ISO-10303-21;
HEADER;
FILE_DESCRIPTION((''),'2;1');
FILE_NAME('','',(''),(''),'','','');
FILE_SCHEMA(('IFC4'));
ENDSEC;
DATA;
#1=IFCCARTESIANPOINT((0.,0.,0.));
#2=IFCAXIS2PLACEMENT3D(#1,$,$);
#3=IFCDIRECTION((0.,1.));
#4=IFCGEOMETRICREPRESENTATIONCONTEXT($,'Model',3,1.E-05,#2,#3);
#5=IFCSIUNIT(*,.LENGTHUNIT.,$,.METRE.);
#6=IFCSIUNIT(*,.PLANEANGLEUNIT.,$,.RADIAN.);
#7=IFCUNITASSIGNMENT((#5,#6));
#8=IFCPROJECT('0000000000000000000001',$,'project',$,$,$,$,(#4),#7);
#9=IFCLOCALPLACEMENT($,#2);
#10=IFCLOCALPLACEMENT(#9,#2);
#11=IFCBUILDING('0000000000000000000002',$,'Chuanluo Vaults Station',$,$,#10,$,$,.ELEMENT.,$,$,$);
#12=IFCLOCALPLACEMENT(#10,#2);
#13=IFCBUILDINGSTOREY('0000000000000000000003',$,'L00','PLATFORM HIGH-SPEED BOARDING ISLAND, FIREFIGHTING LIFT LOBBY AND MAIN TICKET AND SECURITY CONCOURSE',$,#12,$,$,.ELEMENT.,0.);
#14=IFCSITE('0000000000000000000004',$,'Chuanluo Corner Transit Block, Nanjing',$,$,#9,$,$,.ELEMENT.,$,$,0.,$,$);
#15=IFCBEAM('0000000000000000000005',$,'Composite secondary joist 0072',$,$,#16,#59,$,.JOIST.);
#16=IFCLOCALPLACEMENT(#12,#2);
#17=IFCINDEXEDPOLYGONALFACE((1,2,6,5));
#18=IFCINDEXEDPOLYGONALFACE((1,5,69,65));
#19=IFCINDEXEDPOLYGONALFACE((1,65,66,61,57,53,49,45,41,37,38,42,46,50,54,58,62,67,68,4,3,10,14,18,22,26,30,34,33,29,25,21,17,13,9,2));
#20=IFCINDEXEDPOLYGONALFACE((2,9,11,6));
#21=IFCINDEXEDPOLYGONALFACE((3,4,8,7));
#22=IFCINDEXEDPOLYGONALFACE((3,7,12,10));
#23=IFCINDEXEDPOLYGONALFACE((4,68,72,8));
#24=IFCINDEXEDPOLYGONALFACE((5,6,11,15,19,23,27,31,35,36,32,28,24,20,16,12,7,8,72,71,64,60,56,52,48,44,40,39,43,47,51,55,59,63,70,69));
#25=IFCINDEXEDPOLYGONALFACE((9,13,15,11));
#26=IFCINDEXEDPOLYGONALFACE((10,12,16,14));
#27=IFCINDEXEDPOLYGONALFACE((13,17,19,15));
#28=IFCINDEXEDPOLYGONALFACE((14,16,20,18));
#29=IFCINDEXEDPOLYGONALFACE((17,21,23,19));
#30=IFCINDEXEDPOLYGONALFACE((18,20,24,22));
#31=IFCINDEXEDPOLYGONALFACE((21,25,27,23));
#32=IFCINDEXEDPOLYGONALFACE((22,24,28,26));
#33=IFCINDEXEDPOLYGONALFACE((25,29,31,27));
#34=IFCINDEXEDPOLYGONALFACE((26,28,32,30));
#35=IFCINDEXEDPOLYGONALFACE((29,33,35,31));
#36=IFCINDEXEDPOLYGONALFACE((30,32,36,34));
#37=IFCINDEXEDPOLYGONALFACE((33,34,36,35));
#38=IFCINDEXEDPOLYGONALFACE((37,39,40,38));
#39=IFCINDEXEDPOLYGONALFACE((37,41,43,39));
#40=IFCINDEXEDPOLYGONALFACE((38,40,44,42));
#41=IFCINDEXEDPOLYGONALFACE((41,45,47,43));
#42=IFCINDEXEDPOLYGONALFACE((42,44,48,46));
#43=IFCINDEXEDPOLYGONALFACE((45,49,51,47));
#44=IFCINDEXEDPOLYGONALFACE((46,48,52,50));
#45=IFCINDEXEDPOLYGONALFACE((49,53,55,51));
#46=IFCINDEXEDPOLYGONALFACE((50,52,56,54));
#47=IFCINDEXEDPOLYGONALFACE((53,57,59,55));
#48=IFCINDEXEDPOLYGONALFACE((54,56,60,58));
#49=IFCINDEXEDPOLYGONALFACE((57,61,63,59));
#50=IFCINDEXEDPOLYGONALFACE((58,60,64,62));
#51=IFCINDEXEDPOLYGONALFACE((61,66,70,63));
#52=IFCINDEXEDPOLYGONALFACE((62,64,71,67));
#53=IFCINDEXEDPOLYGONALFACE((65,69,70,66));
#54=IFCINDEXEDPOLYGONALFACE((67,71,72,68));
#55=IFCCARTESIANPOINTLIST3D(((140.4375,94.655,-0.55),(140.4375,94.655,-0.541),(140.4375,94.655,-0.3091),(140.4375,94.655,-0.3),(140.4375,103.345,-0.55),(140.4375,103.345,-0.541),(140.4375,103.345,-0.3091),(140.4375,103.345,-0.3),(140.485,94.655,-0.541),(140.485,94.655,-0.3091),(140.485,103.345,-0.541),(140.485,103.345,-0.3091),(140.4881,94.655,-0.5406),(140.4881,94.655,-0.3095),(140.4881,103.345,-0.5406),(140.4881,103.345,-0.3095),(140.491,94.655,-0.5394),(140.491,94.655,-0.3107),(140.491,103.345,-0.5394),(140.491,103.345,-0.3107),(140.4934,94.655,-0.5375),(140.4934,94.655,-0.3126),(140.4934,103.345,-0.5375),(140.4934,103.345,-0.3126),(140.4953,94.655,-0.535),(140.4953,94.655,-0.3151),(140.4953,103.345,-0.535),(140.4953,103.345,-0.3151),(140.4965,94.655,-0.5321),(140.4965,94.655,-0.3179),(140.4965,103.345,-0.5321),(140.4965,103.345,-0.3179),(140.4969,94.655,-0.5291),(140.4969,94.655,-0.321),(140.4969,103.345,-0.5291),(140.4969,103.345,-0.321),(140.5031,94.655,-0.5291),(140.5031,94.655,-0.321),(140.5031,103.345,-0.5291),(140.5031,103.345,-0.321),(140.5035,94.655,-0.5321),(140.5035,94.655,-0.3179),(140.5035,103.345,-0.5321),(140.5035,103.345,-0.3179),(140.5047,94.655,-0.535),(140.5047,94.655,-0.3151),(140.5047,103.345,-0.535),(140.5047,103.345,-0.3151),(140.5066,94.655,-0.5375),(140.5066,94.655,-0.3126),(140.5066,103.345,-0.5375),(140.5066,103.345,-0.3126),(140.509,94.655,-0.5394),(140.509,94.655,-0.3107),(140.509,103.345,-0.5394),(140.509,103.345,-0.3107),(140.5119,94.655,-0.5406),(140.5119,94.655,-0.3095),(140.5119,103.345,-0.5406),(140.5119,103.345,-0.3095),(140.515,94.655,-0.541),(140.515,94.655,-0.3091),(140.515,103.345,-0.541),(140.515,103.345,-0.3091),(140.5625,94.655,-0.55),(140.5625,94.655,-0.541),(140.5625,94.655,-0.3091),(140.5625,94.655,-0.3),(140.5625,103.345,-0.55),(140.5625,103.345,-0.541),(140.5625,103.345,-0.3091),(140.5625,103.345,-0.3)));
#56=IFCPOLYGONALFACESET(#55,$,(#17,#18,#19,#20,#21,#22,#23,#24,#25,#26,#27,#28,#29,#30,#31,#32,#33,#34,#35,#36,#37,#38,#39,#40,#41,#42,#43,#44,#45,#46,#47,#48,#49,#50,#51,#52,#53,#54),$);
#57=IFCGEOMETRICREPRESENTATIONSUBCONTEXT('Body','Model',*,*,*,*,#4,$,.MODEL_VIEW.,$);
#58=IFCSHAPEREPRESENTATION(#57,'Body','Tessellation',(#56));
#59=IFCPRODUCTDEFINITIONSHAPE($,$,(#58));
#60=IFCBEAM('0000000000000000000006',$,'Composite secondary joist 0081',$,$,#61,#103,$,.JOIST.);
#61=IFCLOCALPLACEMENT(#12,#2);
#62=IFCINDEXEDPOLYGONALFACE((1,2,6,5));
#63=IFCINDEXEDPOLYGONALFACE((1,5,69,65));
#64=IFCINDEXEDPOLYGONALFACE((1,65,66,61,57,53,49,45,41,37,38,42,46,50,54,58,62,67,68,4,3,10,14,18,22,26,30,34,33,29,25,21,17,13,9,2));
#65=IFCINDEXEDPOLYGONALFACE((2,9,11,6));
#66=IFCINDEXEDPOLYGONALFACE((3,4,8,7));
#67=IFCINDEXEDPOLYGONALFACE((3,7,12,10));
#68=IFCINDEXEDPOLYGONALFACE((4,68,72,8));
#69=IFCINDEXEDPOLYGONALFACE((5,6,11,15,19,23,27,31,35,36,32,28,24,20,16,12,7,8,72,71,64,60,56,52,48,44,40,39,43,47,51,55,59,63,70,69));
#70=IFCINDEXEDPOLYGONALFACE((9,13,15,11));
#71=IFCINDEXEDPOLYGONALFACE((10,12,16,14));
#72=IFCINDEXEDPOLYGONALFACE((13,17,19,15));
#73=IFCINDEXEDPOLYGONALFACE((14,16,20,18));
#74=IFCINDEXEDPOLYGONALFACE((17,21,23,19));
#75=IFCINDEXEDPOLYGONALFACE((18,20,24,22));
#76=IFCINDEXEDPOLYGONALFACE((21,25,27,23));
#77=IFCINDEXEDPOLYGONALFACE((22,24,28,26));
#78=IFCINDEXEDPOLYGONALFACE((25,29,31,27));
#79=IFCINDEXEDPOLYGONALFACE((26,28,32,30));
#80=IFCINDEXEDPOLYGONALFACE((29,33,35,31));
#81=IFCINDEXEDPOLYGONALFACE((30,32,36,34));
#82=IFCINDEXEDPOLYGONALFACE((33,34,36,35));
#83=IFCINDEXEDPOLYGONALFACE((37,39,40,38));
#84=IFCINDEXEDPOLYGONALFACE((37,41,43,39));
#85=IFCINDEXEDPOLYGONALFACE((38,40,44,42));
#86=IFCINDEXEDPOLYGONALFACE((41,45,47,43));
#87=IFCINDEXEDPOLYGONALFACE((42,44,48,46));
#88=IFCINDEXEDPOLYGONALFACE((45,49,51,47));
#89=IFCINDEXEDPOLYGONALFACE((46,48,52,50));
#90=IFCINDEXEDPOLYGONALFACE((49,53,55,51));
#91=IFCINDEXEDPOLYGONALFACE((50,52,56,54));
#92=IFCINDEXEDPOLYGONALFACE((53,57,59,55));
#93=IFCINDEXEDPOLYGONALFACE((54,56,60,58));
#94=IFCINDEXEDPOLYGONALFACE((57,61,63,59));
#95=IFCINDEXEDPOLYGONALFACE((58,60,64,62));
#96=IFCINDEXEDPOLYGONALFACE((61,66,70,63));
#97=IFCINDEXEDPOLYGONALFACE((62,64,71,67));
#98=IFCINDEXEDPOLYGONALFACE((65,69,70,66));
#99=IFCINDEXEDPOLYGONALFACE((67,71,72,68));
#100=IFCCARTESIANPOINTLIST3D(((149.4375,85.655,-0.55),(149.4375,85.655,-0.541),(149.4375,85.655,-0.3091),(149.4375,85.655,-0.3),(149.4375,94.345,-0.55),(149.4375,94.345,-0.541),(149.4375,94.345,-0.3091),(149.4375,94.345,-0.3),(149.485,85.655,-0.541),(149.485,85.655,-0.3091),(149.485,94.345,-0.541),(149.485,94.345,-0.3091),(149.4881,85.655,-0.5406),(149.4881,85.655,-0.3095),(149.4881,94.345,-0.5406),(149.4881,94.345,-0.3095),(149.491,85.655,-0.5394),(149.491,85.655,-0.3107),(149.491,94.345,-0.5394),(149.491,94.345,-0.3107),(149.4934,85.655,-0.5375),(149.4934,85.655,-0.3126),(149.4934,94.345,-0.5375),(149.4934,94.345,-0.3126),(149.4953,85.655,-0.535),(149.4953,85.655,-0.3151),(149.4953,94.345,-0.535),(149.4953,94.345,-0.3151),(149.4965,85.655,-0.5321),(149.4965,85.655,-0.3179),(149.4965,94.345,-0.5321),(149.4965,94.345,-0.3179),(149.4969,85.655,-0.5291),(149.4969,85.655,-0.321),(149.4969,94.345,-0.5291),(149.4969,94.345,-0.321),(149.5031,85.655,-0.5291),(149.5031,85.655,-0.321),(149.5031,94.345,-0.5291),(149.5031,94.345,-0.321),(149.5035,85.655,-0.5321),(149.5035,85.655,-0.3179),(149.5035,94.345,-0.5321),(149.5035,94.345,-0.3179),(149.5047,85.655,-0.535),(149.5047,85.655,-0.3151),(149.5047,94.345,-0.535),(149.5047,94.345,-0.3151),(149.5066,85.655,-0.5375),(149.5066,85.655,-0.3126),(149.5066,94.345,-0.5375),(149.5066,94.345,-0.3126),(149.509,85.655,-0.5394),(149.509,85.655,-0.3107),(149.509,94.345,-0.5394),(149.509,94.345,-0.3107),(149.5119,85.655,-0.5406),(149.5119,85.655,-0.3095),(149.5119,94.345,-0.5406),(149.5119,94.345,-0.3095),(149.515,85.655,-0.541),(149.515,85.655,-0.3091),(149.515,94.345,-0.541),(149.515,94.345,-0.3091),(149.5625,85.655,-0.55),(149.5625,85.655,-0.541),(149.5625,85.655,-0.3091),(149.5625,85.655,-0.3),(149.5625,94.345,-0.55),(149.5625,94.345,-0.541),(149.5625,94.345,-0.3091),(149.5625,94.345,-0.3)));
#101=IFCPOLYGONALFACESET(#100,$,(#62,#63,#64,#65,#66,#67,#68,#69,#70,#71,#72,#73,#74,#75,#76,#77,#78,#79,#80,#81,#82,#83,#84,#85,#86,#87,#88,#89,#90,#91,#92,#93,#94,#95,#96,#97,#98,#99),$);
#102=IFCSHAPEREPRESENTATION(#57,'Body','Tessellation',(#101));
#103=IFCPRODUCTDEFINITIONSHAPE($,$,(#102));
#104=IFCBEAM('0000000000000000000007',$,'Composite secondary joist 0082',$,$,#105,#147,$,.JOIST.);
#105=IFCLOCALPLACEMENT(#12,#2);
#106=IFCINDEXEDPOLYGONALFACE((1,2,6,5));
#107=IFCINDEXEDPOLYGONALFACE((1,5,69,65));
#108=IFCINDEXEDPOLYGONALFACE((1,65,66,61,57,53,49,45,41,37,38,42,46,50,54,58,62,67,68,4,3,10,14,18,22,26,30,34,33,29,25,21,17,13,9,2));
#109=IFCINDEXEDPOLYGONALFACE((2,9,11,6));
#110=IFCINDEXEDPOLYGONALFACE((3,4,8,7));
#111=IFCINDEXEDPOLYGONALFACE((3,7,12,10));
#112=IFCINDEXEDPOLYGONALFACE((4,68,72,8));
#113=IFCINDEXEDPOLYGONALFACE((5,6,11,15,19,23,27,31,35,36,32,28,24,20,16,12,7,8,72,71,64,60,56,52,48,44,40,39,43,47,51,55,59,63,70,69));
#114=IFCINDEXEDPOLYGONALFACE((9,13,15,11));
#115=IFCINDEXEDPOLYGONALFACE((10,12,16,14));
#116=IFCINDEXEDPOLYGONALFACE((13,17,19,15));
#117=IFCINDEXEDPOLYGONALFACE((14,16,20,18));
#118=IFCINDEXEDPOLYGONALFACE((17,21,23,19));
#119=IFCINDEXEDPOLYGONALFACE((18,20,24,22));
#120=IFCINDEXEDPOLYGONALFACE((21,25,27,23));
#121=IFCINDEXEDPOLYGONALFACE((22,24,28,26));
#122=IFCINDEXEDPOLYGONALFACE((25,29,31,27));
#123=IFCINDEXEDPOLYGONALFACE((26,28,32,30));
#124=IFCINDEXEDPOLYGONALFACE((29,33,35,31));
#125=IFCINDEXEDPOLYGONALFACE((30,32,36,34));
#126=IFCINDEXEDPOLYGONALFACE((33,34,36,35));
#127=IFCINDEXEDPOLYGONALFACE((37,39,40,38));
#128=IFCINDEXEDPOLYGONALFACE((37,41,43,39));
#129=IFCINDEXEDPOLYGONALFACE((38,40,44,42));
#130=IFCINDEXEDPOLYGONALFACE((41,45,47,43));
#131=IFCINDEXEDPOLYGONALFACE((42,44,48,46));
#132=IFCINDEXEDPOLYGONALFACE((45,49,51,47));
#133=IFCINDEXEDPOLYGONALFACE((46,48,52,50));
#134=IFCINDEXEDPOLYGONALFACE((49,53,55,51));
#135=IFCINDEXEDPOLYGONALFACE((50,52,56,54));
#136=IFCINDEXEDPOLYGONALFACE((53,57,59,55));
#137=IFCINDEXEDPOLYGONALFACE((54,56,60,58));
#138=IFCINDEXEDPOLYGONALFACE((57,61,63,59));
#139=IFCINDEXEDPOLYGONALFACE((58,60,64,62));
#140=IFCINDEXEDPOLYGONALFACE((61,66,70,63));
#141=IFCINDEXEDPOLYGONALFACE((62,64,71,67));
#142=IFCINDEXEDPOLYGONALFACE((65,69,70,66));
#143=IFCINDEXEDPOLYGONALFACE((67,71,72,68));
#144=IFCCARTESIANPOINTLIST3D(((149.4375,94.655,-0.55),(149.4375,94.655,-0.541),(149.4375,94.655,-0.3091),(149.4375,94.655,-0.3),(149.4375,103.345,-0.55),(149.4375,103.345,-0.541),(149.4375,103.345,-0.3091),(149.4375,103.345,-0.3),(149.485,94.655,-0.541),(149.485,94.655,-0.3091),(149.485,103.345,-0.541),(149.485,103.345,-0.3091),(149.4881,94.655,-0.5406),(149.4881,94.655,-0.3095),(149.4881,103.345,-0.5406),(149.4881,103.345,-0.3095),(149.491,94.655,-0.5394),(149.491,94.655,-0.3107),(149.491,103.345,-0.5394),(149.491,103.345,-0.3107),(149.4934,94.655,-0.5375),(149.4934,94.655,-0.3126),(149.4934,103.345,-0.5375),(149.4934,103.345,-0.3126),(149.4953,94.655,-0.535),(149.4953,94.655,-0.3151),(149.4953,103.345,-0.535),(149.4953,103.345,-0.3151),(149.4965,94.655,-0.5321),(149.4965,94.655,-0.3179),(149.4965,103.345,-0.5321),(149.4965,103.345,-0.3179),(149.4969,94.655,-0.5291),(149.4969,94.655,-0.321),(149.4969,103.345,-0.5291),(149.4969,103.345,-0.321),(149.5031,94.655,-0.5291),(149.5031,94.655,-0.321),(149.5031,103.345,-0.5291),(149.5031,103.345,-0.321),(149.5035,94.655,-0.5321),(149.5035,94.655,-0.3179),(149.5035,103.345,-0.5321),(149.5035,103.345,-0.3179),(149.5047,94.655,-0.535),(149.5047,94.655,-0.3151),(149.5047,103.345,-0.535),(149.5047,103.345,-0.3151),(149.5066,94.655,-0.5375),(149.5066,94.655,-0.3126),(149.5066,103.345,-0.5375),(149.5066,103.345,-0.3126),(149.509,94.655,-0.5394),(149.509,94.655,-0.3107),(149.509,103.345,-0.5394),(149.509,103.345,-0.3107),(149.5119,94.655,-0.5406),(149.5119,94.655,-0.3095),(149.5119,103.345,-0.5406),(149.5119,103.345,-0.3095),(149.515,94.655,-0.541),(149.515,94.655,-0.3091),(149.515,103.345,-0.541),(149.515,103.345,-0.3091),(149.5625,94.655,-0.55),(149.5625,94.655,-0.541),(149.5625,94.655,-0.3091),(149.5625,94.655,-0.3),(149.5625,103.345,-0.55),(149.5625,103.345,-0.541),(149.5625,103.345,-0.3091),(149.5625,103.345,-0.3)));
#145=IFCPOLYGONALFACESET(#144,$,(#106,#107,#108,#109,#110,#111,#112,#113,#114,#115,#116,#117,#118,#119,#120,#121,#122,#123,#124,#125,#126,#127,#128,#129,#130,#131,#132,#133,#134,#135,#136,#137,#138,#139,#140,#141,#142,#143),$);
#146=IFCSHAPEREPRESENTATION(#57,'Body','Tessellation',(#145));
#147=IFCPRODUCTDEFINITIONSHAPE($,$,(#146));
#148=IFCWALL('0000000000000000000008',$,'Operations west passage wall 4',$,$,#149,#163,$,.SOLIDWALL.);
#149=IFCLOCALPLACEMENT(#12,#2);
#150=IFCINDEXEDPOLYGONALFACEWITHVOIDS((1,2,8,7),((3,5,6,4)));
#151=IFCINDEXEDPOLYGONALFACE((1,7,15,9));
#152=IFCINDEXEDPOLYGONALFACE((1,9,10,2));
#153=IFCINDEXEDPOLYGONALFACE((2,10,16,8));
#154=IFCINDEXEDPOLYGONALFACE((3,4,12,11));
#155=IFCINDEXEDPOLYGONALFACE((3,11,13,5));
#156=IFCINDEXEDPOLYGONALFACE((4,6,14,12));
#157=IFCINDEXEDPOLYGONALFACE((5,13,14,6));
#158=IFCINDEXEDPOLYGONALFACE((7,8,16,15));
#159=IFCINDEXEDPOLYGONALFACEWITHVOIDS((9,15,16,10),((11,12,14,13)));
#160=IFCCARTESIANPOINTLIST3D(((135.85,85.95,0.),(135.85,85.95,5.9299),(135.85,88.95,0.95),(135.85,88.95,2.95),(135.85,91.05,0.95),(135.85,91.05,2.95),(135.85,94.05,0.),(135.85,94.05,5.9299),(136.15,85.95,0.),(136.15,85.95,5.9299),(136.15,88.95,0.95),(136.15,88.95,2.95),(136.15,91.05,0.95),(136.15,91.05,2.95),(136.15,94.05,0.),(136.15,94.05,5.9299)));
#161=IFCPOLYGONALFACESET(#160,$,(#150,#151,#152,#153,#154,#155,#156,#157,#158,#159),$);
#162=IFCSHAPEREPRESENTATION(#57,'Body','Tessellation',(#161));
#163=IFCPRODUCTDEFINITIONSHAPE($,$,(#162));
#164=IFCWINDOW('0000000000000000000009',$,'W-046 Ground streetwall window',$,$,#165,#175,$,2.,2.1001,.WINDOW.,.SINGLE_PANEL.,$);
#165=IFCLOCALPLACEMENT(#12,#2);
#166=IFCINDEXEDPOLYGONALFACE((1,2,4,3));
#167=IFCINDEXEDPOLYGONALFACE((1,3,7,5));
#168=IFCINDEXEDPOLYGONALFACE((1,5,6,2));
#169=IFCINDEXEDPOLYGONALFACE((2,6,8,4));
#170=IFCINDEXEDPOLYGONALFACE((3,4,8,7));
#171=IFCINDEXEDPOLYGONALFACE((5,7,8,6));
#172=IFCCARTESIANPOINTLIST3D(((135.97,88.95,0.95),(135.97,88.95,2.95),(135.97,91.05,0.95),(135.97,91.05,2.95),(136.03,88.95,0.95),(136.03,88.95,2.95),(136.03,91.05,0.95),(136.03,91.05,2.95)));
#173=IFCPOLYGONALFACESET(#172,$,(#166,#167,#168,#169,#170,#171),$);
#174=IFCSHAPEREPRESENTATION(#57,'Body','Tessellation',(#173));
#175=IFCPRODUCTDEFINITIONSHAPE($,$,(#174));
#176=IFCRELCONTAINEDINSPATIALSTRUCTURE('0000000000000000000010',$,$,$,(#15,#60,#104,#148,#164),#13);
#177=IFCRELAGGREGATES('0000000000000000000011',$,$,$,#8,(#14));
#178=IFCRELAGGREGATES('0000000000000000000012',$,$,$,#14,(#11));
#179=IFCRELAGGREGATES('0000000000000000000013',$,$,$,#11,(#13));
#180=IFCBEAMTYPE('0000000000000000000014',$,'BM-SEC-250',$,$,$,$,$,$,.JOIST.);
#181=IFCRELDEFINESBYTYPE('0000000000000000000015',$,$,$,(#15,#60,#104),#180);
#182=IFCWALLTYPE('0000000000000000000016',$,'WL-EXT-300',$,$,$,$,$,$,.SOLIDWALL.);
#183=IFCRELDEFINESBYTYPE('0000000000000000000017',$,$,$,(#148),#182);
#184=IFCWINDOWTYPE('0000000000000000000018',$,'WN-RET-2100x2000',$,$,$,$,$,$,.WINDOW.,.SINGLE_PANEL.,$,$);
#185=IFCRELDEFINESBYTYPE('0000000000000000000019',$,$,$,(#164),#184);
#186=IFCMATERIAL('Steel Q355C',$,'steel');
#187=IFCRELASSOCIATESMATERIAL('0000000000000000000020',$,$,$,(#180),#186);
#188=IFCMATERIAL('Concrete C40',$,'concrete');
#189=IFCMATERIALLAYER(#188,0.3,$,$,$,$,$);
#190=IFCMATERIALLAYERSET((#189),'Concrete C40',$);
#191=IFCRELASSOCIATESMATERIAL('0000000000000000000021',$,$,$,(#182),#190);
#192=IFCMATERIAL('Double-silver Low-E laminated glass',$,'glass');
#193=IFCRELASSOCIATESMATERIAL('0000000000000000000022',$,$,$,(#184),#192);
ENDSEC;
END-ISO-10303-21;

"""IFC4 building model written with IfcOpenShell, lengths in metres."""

from ifc_helpers import new_model, si_unit, direction, frame, frame_2d, origin, origin_2d, place, context, subcontext, project, spatial, rectangle, i_section, extrude, material, layer, layer_set, material_profile, profile_set, type_object, element, fill, save


model = new_model("IFC4")

# Units and contexts
model_context = context("Model", 3, precision=1e-05, world=origin(), true_north=direction((0.0, 1.0)))
body_context = subcontext(model_context, "Body", "Model", "MODEL_VIEW")
ifc_project = project(units=[si_unit("LENGTHUNIT", "METRE"), si_unit("PLANEANGLEUNIT", "RADIAN")], contexts=[model_context])

# Site, building, storey
site_placement = place(None, origin())
site = spatial("IfcSite", under=ifc_project, at=site_placement, Name="Chuanluo Corner Transit Block, Nanjing", CompositionType="ELEMENT", RefElevation=0.0)
building_placement = place(site_placement, origin())
building = spatial("IfcBuilding", under=site, at=building_placement, Name="Chuanluo Vaults Station", CompositionType="ELEMENT")
storey_placement = place(building_placement, origin())
storey = spatial("IfcBuildingStorey", under=building, at=storey_placement, Name="L00", Description="PLATFORM HIGH-SPEED BOARDING ISLAND, FIREFIGHTING LIFT LOBBY AND MAIN TICKET AND SECURITY CONCOURSE", CompositionType="ELEMENT", Elevation=0.0)

# Beams
ifc_material_1 = material(Name="Steel Q355C", Category="steel")
ifc_material_profile_1 = material_profile(ifc_material_1, i_section(OverallWidth=0.125, OverallDepth=0.25, WebThickness=0.0061, FlangeThickness=0.009, FilletRadius=0.012, at=origin_2d()))
ifc_profile_set_1 = profile_set([ifc_material_profile_1], Name="Steel Q355C")
beam_type_1 = type_object("IfcBeamType", Name="BM-SEC-250", PredefinedType="JOIST", material=ifc_profile_set_1)
for number, where, z_axis, x_axis, name in (
    (1, (140.5, 94.655, -0.425), (0.0, 1.0, 0.0), (-1.0, 0.0, 0.0), "Composite secondary joist 0072"),
    (2, (149.5, 85.655, -0.425), (0.0, 1.0, 0.0), (-1.0, 0.0, 0.0), "Composite secondary joist 0081"),
    (3, (149.5, 94.655, -0.425), (0.0, 1.0, 0.0), (-1.0, 0.0, 0.0), "Composite secondary joist 0082"),
):
    element("IfcBeam", number, at=place(storey_placement, frame(where, z_axis=z_axis, x_axis=x_axis)), inside=storey, type_object=beam_type_1, Name=name, PredefinedType="JOIST", context=body_context, shape_type="SweptSolid", body=[
        extrude(i_section(OverallWidth=0.125, OverallDepth=0.25, WebThickness=0.0061, FlangeThickness=0.009, FilletRadius=0.012, at=origin_2d()), origin(), (0.0, 0.0, 1.0), 8.6899),
    ])

# Wall, opening, window
ifc_material_2 = material(Name="Concrete C40", Category="concrete")
ifc_layer = layer(ifc_material_2, 0.3)
ifc_layer_set = layer_set([ifc_layer], Name="Concrete C40")
wall_type = type_object("IfcWallType", Name="WL-EXT-300", PredefinedType="SOLIDWALL", material=ifc_layer_set)
wall_placement = place(storey_placement, frame((136.0, 85.95, 0.0), z_axis=(0.0, 0.0, 1.0), x_axis=(0.0, 1.0, 0.0)))
wall = element("IfcWall", 4, at=wall_placement, inside=storey, type_object=wall_type, Name="Operations west passage wall 4", PredefinedType="SOLIDWALL", context=body_context, shape_type="SweptSolid", body=[
    extrude(rectangle(XDim=8.1001, YDim=0.3, at=frame_2d((4.05, 0.0))), origin(), (0.0, 0.0, 1.0), 5.9299),
])
opening_placement = place(wall_placement, frame((3.0, 0.0, 0.95)))
opening = element("IfcOpeningElement", 5, at=opening_placement, cuts=wall, PredefinedType="OPENING", context=body_context, shape_type="SweptSolid", body=[
    extrude(rectangle(XDim=2.1001, YDim=2.0, at=frame_2d((1.05, 1.0))), frame((0.0, 0.1599, 0.0), z_axis=(0.0, -1.0, 0.0), x_axis=(1.0, 0.0, 0.0)), (0.0, 0.0, 1.0), 0.3201),
])
ifc_material_3 = material(Name="Double-silver Low-E laminated glass", Category="glass")
window_type = type_object("IfcWindowType", Name="WN-RET-2100x2000", PartitioningType="SINGLE_PANEL", PredefinedType="WINDOW", material=ifc_material_3)
window_placement = place(opening_placement, origin())
window = element("IfcWindow", 6, at=window_placement, inside=storey, type_object=window_type, Name="W-046 Ground streetwall window", OverallHeight=2.0, OverallWidth=2.1001, PartitioningType="SINGLE_PANEL", PredefinedType="WINDOW", context=body_context, shape_type="SweptSolid", body=[
    extrude(rectangle(XDim=2.1001, YDim=2.0, at=frame_2d((1.05, 1.0))), frame((0.0, 0.03, 0.0), z_axis=(0.0, -1.0, 0.0), x_axis=(1.0, 0.0, 0.0)), (0.0, 0.0, 1.0), 0.0601),
])
fill(opening, window)

save(model, "model.ifc")
